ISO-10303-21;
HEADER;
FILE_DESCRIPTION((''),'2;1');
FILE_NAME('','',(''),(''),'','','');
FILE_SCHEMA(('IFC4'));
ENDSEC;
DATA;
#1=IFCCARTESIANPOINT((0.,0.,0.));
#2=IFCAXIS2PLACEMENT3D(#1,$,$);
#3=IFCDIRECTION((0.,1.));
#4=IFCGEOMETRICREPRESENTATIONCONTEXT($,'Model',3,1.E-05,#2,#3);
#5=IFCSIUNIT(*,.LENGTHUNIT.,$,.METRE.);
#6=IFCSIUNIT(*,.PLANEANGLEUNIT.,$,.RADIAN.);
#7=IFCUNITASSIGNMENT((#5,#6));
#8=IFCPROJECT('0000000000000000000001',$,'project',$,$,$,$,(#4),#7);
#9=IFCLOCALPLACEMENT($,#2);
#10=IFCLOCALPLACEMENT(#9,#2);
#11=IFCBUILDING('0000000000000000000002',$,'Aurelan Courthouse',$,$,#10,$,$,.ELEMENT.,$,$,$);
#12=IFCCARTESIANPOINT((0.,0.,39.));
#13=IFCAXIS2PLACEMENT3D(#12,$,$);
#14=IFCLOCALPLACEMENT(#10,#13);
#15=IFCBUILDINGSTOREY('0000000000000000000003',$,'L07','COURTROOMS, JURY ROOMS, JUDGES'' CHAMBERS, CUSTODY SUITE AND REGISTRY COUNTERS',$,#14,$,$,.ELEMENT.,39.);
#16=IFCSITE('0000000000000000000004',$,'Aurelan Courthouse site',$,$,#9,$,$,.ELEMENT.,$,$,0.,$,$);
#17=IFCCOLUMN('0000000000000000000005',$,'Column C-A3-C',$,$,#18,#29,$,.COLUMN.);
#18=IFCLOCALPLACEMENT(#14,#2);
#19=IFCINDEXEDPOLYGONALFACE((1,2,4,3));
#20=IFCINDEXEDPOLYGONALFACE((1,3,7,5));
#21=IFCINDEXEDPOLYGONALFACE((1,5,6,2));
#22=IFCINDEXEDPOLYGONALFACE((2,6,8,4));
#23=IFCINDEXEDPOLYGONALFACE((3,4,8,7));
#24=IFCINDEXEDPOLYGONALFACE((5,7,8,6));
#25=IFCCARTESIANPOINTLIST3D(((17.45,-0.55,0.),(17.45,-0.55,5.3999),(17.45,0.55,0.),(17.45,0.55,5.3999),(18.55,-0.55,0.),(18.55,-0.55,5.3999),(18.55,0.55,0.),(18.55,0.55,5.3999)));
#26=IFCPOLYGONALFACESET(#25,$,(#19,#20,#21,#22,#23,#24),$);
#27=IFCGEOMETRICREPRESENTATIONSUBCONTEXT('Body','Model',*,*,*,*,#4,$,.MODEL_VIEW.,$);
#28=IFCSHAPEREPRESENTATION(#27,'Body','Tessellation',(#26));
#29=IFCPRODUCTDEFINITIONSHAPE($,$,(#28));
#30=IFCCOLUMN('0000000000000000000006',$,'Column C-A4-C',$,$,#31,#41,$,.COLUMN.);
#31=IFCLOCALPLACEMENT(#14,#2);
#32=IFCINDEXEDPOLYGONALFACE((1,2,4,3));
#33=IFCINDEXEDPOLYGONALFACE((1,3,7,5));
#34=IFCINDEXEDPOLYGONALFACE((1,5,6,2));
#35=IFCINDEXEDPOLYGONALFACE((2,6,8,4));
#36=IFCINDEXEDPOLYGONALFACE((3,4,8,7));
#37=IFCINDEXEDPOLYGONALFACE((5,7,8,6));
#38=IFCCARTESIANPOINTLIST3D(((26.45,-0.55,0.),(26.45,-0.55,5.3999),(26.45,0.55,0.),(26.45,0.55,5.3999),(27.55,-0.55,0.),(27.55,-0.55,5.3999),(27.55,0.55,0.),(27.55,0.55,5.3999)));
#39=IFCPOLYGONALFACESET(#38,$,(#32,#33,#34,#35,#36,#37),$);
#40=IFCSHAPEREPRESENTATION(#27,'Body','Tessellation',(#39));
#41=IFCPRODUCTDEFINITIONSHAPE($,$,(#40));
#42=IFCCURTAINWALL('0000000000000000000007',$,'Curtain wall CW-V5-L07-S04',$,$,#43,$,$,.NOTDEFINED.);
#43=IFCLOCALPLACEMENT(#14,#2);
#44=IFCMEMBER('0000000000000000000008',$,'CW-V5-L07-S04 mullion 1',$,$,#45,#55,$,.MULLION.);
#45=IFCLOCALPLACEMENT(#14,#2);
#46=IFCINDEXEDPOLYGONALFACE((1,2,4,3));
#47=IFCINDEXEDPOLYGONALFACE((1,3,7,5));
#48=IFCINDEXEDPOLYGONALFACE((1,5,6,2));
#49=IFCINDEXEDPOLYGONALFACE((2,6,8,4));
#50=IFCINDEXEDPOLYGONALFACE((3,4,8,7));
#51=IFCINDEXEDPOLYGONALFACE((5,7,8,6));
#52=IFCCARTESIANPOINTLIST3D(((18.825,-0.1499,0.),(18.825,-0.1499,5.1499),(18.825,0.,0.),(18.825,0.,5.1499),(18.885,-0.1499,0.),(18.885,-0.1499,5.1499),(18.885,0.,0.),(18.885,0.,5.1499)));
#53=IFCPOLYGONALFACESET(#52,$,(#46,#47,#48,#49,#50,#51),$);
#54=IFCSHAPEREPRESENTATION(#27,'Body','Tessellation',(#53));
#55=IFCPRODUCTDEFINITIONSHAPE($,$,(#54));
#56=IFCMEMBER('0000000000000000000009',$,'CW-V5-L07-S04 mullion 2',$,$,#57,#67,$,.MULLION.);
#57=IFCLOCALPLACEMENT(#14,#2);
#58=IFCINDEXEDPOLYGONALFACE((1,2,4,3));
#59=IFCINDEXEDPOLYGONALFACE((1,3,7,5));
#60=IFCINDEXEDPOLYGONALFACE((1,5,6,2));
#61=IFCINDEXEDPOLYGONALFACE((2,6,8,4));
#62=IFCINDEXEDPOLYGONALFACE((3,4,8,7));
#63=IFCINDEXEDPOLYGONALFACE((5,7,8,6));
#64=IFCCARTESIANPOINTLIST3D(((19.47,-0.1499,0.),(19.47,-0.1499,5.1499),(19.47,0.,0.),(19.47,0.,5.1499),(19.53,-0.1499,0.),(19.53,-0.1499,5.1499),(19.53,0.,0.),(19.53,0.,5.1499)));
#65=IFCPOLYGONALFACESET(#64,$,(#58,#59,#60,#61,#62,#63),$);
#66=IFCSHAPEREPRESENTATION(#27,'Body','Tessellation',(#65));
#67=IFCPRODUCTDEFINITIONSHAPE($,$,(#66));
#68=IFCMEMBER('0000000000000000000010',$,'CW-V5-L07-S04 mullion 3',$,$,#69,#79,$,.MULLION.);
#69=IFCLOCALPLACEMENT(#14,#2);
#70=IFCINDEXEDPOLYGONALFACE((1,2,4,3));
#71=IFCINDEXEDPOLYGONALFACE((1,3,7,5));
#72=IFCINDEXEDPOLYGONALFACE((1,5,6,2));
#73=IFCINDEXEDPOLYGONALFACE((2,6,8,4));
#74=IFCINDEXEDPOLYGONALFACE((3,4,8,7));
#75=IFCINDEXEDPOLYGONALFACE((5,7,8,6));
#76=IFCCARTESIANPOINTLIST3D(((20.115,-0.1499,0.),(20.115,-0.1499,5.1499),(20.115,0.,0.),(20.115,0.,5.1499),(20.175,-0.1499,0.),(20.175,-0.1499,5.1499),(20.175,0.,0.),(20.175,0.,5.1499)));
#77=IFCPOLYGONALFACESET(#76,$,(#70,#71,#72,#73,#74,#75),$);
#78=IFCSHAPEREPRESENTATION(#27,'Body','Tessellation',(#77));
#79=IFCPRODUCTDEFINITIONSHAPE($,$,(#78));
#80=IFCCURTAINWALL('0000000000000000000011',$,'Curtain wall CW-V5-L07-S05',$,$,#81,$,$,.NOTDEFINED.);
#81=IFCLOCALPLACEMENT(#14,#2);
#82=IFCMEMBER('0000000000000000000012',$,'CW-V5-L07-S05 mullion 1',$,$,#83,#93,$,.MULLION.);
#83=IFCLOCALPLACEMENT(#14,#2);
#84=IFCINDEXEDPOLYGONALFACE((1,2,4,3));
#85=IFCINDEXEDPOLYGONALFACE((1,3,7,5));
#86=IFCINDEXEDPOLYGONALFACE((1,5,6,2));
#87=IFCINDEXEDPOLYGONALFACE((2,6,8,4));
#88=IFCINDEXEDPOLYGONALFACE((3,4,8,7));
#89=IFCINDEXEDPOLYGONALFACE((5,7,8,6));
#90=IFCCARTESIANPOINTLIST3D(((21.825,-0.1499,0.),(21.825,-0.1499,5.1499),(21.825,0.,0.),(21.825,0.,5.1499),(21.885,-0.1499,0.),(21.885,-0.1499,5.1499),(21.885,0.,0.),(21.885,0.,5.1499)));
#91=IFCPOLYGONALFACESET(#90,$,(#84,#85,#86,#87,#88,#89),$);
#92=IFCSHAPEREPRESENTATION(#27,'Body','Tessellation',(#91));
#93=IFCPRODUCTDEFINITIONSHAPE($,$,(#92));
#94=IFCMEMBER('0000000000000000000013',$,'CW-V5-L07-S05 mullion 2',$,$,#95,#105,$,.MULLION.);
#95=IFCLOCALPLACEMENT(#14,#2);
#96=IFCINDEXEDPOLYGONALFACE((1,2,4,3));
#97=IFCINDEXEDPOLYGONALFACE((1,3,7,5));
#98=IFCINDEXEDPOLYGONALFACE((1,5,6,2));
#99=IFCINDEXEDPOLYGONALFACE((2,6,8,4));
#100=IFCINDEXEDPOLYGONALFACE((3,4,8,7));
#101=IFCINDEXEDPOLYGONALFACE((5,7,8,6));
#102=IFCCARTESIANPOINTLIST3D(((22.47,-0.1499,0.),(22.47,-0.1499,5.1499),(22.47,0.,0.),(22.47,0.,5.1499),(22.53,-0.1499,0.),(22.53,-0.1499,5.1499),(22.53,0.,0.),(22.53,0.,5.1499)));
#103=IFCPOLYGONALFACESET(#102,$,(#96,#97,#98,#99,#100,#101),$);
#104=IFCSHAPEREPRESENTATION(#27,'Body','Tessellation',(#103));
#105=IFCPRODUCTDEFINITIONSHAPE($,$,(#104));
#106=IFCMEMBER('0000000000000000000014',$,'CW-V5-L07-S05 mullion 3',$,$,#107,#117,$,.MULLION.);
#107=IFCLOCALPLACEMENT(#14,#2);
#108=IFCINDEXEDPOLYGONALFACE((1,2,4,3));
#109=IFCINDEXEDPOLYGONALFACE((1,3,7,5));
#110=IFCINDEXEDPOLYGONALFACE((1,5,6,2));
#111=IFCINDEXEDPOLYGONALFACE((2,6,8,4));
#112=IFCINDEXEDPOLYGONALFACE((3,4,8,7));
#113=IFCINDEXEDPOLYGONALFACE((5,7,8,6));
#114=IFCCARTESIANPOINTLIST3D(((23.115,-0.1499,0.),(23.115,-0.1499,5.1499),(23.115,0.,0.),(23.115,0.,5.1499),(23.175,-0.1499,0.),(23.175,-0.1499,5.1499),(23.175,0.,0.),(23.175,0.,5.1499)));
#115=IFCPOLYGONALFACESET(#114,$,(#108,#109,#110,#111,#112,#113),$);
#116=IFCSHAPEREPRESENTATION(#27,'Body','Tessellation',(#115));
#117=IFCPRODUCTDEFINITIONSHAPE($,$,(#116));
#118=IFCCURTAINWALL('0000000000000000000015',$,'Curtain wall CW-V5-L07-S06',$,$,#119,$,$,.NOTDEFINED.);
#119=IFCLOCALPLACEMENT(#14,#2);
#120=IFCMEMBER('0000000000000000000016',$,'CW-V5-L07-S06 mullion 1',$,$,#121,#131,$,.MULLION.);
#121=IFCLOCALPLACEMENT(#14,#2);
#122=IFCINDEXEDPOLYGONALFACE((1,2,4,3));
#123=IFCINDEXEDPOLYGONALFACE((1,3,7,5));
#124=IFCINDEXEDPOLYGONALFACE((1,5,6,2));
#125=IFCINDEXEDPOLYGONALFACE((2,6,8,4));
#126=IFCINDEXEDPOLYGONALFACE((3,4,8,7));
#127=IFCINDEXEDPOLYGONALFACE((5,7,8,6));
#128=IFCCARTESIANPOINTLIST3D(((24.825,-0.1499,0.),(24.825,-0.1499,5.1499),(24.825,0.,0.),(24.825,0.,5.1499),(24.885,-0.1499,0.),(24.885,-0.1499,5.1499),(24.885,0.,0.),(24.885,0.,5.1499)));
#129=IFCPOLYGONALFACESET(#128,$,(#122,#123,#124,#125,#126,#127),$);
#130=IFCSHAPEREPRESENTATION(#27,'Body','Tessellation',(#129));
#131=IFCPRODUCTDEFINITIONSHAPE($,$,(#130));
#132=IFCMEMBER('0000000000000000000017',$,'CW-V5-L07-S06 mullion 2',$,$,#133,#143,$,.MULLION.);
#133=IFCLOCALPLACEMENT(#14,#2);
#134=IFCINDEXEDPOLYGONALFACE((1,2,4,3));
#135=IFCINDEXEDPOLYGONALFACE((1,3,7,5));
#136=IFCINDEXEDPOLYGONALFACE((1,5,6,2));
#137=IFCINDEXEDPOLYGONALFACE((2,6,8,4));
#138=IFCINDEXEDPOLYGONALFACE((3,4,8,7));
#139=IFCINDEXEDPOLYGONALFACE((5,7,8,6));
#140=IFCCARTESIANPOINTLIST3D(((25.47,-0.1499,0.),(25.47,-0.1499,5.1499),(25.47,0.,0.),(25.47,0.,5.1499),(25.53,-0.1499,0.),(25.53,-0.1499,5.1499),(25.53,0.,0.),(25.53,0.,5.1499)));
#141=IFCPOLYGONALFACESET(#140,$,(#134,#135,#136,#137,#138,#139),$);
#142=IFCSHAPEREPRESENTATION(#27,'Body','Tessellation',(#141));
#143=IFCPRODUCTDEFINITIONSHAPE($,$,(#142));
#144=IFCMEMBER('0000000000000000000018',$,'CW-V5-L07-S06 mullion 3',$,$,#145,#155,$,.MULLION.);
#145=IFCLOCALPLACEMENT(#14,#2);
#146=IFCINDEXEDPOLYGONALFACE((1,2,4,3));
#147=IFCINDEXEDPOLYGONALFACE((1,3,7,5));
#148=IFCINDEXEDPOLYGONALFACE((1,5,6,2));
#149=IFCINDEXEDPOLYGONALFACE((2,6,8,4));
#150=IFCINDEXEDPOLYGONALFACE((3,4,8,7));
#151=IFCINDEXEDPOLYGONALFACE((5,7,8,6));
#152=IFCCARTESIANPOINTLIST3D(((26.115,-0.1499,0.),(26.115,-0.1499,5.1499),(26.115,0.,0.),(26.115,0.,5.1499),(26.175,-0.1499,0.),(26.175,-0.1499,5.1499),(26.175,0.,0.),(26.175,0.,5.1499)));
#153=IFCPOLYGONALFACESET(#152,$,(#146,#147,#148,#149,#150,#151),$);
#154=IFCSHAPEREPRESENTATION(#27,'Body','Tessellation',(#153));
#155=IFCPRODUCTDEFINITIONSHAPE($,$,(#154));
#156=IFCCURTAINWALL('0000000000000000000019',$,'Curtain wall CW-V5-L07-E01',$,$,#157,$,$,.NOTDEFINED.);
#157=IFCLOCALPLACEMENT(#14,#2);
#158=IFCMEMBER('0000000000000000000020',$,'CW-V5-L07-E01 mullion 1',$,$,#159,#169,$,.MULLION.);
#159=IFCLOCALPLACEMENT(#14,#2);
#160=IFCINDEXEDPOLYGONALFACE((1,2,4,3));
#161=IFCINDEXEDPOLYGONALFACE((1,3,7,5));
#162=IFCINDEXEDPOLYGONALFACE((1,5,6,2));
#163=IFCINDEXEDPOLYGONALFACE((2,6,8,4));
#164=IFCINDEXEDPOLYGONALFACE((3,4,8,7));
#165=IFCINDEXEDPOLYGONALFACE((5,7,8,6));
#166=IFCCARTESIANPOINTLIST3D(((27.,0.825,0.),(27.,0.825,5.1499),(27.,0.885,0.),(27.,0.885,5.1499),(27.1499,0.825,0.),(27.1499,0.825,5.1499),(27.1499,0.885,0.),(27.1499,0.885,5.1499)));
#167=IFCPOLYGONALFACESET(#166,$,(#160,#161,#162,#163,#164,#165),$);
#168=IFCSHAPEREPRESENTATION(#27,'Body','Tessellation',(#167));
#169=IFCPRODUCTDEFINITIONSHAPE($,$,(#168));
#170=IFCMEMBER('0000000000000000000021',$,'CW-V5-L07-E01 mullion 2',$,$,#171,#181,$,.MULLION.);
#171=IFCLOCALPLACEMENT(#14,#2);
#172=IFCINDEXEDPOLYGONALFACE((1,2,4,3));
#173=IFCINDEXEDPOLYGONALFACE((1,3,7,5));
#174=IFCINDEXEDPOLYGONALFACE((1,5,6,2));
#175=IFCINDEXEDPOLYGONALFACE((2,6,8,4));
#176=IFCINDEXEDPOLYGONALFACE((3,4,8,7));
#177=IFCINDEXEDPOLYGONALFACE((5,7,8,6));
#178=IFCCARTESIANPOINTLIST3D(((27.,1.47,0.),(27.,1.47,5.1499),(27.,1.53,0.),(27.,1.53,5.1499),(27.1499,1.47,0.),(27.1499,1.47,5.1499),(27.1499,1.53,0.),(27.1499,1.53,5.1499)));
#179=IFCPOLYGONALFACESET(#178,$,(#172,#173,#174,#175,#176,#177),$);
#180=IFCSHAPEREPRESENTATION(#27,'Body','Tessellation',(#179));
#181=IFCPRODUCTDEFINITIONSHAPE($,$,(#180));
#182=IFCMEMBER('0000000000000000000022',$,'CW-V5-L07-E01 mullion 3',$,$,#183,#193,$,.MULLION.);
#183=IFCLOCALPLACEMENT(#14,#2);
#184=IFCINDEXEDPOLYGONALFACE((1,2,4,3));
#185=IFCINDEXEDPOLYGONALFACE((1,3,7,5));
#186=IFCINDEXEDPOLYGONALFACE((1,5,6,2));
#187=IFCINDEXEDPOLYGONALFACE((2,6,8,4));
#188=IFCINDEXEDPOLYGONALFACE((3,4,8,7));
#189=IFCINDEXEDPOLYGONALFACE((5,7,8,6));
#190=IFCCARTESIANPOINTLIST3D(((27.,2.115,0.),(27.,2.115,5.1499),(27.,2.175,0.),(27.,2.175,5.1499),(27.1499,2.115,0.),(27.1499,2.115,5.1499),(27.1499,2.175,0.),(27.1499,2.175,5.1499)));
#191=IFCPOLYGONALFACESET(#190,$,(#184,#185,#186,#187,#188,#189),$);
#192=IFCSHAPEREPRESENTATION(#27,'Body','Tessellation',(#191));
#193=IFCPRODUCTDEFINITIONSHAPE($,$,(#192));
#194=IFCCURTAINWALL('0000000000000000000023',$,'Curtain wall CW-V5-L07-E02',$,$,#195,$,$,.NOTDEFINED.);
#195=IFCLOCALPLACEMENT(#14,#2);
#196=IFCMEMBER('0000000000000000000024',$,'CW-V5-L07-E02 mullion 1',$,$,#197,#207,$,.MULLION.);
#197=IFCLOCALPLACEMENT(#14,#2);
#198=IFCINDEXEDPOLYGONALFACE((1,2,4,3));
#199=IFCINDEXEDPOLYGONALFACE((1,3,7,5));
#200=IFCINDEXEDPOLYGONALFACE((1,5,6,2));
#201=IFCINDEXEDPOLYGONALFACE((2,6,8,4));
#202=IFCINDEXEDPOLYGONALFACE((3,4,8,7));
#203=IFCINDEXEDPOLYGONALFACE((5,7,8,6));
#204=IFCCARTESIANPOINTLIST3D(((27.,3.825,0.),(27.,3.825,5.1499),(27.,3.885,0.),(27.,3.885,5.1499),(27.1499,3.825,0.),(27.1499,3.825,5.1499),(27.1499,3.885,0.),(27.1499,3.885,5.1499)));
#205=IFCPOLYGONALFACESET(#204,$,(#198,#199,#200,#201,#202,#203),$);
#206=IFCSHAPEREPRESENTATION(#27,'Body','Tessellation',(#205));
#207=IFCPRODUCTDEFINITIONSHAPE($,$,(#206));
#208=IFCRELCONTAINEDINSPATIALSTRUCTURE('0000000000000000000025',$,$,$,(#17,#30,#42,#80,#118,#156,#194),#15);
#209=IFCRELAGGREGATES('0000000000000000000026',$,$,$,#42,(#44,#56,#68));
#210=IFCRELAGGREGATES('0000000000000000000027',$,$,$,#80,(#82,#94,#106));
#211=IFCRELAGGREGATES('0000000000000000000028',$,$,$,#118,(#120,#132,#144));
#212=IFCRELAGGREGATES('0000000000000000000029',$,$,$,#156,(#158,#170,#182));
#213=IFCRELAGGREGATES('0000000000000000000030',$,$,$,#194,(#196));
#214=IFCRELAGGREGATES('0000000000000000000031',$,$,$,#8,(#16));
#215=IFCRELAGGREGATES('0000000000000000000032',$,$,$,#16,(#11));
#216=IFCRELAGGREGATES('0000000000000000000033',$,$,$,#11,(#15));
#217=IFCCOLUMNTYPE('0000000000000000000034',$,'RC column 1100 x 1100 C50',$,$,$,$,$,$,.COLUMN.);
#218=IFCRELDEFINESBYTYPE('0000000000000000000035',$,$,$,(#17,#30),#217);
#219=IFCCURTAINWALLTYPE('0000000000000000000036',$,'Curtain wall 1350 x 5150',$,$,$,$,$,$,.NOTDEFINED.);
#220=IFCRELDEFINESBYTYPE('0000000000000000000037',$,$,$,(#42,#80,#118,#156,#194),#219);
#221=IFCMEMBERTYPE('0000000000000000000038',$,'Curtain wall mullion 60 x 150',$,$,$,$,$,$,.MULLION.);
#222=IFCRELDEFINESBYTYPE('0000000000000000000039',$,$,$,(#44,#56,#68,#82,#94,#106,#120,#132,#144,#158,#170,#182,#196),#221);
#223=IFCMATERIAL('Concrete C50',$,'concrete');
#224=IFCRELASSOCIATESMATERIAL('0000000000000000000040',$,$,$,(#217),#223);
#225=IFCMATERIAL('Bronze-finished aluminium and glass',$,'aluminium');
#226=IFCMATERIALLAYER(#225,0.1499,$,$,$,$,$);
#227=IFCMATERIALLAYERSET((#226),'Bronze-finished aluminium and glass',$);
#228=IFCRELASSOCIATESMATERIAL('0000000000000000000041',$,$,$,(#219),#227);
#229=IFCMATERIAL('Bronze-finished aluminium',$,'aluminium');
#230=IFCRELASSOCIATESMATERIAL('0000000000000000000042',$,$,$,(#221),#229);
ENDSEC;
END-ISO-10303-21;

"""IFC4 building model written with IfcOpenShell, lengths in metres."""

from ifc_helpers import new_model, si_unit, direction, frame, origin, origin_2d, place, context, subcontext, project, spatial, rectangle, extrude, material, layer, layer_set, material_profile, profile_set, type_object, element, aggregate, save


model = new_model("IFC4")

# Units and contexts
model_context = context("Model", 3, precision=1e-05, world=origin(), true_north=direction((0.0, 1.0)))
body_context = subcontext(model_context, "Body", "Model", "MODEL_VIEW")
ifc_project = project(units=[si_unit("LENGTHUNIT", "METRE"), si_unit("PLANEANGLEUNIT", "RADIAN")], contexts=[model_context])

# Site, building, storey
site_placement = place(None, origin())
site = spatial("IfcSite", under=ifc_project, at=site_placement, Name="Aurelan Courthouse site", CompositionType="ELEMENT", RefElevation=0.0)
building_placement = place(site_placement, origin())
building = spatial("IfcBuilding", under=site, at=building_placement, Name="Aurelan Courthouse", CompositionType="ELEMENT")
storey_placement = place(building_placement, frame((0.0, 0.0, 39.0)))
storey = spatial("IfcBuildingStorey", under=building, at=storey_placement, Name="L07", Description="COURTROOMS, JURY ROOMS, JUDGES' CHAMBERS, CUSTODY SUITE AND REGISTRY COUNTERS", CompositionType="ELEMENT", Elevation=39.0)

# Columns
ifc_material_1 = material(Name="Concrete C50", Category="concrete")
ifc_material_profile_1 = material_profile(ifc_material_1, rectangle(XDim=1.1001, YDim=1.1001, at=origin_2d()), Name="RC 1100 x 1100")
ifc_profile_set_1 = profile_set([ifc_material_profile_1], Name="Concrete C50")
column_type = type_object("IfcColumnType", Name="RC column 1100 x 1100 C50", PredefinedType="COLUMN", material=ifc_profile_set_1)
for number, where, z_axis, x_axis, name in (
    (1, (18.0, 0.0, 0.0), (0.0, 0.0, 1.0), (1.0, 0.0, 0.0), "Column C-A3-C"),
    (2, (27.0, 0.0, 0.0), (0.0, 0.0, 1.0), (1.0, 0.0, 0.0), "Column C-A4-C"),
):
    element("IfcColumn", number, at=place(storey_placement, frame(where, z_axis=z_axis, x_axis=x_axis)), inside=storey, type_object=column_type, Name=name, PredefinedType="COLUMN", context=body_context, shape_type="SweptSolid", body=[
        extrude(rectangle(XDim=1.1001, YDim=1.1001, at=origin_2d()), origin(), (0.0, 0.0, 1.0), 5.3999),
    ])

# Curtain walls, members
ifc_material_2 = material(Name="Bronze-finished aluminium and glass", Category="aluminium")
ifc_layer_1 = layer(ifc_material_2, 0.1499)
ifc_layer_set_1 = layer_set([ifc_layer_1], Name="Bronze-finished aluminium and glass")
curtain_wall_type = type_object("IfcCurtainWallType", Name="Curtain wall 1350 x 5150", PredefinedType="NOTDEFINED", material=ifc_layer_set_1)
curtain_wall_1_placement = place(storey_placement, origin())
curtain_wall_1 = element("IfcCurtainWall", 3, at=curtain_wall_1_placement, inside=storey, type_object=curtain_wall_type, Name="Curtain wall CW-V5-L07-S04", PredefinedType="NOTDEFINED")
ifc_material_3 = material(Name="Bronze-finished aluminium", Category="aluminium")
ifc_material_profile_2 = material_profile(ifc_material_3, rectangle(XDim=0.1499, YDim=0.0601, at=origin_2d()), Name="Bronze mullion 60 x 150")
ifc_profile_set_2 = profile_set([ifc_material_profile_2], Name="Bronze-finished aluminium")
member_type = type_object("IfcMemberType", Name="Curtain wall mullion 60 x 150", PredefinedType="MULLION", material=ifc_profile_set_2)
member_1_placement = place(storey_placement, frame((18.855, -0.075, 0.0), z_axis=(0.0, 0.0, 1.0), x_axis=(0.0, 1.0, 0.0)))
member_1 = element("IfcMember", 4, at=member_1_placement, type_object=member_type, Name="CW-V5-L07-S04 mullion 1", PredefinedType="MULLION", context=body_context, shape_type="SweptSolid", body=[
    extrude(rectangle(XDim=0.1499, YDim=0.0601, at=origin_2d()), origin(), (0.0, 0.0, 1.0), 5.1499),
])
member_2_placement = place(storey_placement, frame((19.5, -0.075, 0.0), z_axis=(0.0, 0.0, 1.0), x_axis=(0.0, 1.0, 0.0)))
member_2 = element("IfcMember", 5, at=member_2_placement, type_object=member_type, Name="CW-V5-L07-S04 mullion 2", PredefinedType="MULLION", context=body_context, shape_type="SweptSolid", body=[
    extrude(rectangle(XDim=0.1499, YDim=0.0601, at=origin_2d()), origin(), (0.0, 0.0, 1.0), 5.1499),
])
member_3_placement = place(storey_placement, frame((20.145, -0.075, 0.0), z_axis=(0.0, 0.0, 1.0), x_axis=(0.0, 1.0, 0.0)))
member_3 = element("IfcMember", 6, at=member_3_placement, type_object=member_type, Name="CW-V5-L07-S04 mullion 3", PredefinedType="MULLION", context=body_context, shape_type="SweptSolid", body=[
    extrude(rectangle(XDim=0.1499, YDim=0.0601, at=origin_2d()), origin(), (0.0, 0.0, 1.0), 5.1499),
])
aggregate(curtain_wall_1, [member_1, member_2, member_3])
curtain_wall_2_placement = place(storey_placement, origin())
curtain_wall_2 = element("IfcCurtainWall", 7, at=curtain_wall_2_placement, inside=storey, type_object=curtain_wall_type, Name="Curtain wall CW-V5-L07-S05", PredefinedType="NOTDEFINED")
member_4_placement = place(storey_placement, frame((21.855, -0.075, 0.0), z_axis=(0.0, 0.0, 1.0), x_axis=(0.0, 1.0, 0.0)))
member_4 = element("IfcMember", 8, at=member_4_placement, type_object=member_type, Name="CW-V5-L07-S05 mullion 1", PredefinedType="MULLION", context=body_context, shape_type="SweptSolid", body=[
    extrude(rectangle(XDim=0.1499, YDim=0.0601, at=origin_2d()), origin(), (0.0, 0.0, 1.0), 5.1499),
])
member_5_placement = place(storey_placement, frame((22.5, -0.075, 0.0), z_axis=(0.0, 0.0, 1.0), x_axis=(0.0, 1.0, 0.0)))
member_5 = element("IfcMember", 9, at=member_5_placement, type_object=member_type, Name="CW-V5-L07-S05 mullion 2", PredefinedType="MULLION", context=body_context, shape_type="SweptSolid", body=[
    extrude(rectangle(XDim=0.1499, YDim=0.0601, at=origin_2d()), origin(), (0.0, 0.0, 1.0), 5.1499),
])
member_6_placement = place(storey_placement, frame((23.145, -0.075, 0.0), z_axis=(0.0, 0.0, 1.0), x_axis=(0.0, 1.0, 0.0)))
member_6 = element("IfcMember", 10, at=member_6_placement, type_object=member_type, Name="CW-V5-L07-S05 mullion 3", PredefinedType="MULLION", context=body_context, shape_type="SweptSolid", body=[
    extrude(rectangle(XDim=0.1499, YDim=0.0601, at=origin_2d()), origin(), (0.0, 0.0, 1.0), 5.1499),
])
aggregate(curtain_wall_2, [member_4, member_5, member_6])
curtain_wall_3_placement = place(storey_placement, origin())
curtain_wall_3 = element("IfcCurtainWall", 11, at=curtain_wall_3_placement, inside=storey, type_object=curtain_wall_type, Name="Curtain wall CW-V5-L07-S06", PredefinedType="NOTDEFINED")
member_7_placement = place(storey_placement, frame((24.855, -0.075, 0.0), z_axis=(0.0, 0.0, 1.0), x_axis=(0.0, 1.0, 0.0)))
member_7 = element("IfcMember", 12, at=member_7_placement, type_object=member_type, Name="CW-V5-L07-S06 mullion 1", PredefinedType="MULLION", context=body_context, shape_type="SweptSolid", body=[
    extrude(rectangle(XDim=0.1499, YDim=0.0601, at=origin_2d()), origin(), (0.0, 0.0, 1.0), 5.1499),
])
member_8_placement = place(storey_placement, frame((25.5, -0.075, 0.0), z_axis=(0.0, 0.0, 1.0), x_axis=(0.0, 1.0, 0.0)))
member_8 = element("IfcMember", 13, at=member_8_placement, type_object=member_type, Name="CW-V5-L07-S06 mullion 2", PredefinedType="MULLION", context=body_context, shape_type="SweptSolid", body=[
    extrude(rectangle(XDim=0.1499, YDim=0.0601, at=origin_2d()), origin(), (0.0, 0.0, 1.0), 5.1499),
])
member_9_placement = place(storey_placement, frame((26.145, -0.075, 0.0), z_axis=(0.0, 0.0, 1.0), x_axis=(0.0, 1.0, 0.0)))
member_9 = element("IfcMember", 14, at=member_9_placement, type_object=member_type, Name="CW-V5-L07-S06 mullion 3", PredefinedType="MULLION", context=body_context, shape_type="SweptSolid", body=[
    extrude(rectangle(XDim=0.1499, YDim=0.0601, at=origin_2d()), origin(), (0.0, 0.0, 1.0), 5.1499),
])
aggregate(curtain_wall_3, [member_7, member_8, member_9])
curtain_wall_4_placement = place(storey_placement, origin())
curtain_wall_4 = element("IfcCurtainWall", 15, at=curtain_wall_4_placement, inside=storey, type_object=curtain_wall_type, Name="Curtain wall CW-V5-L07-E01", PredefinedType="NOTDEFINED")
member_10_placement = place(storey_placement, frame((27.075, 0.855, 0.0), z_axis=(0.0, 0.0, 1.0), x_axis=(-1.0, 0.0, 0.0)))
member_10 = element("IfcMember", 16, at=member_10_placement, type_object=member_type, Name="CW-V5-L07-E01 mullion 1", PredefinedType="MULLION", context=body_context, shape_type="SweptSolid", body=[
    extrude(rectangle(XDim=0.1499, YDim=0.0601, at=origin_2d()), origin(), (0.0, 0.0, 1.0), 5.1499),
])
member_11_placement = place(storey_placement, frame((27.075, 1.5, 0.0), z_axis=(0.0, 0.0, 1.0), x_axis=(-1.0, 0.0, 0.0)))
member_11 = element("IfcMember", 17, at=member_11_placement, type_object=member_type, Name="CW-V5-L07-E01 mullion 2", PredefinedType="MULLION", context=body_context, shape_type="SweptSolid", body=[
    extrude(rectangle(XDim=0.1499, YDim=0.0601, at=origin_2d()), origin(), (0.0, 0.0, 1.0), 5.1499),
])
member_12_placement = place(storey_placement, frame((27.075, 2.145, 0.0), z_axis=(0.0, 0.0, 1.0), x_axis=(-1.0, 0.0, 0.0)))
member_12 = element("IfcMember", 18, at=member_12_placement, type_object=member_type, Name="CW-V5-L07-E01 mullion 3", PredefinedType="MULLION", context=body_context, shape_type="SweptSolid", body=[
    extrude(rectangle(XDim=0.1499, YDim=0.0601, at=origin_2d()), origin(), (0.0, 0.0, 1.0), 5.1499),
])
aggregate(curtain_wall_4, [member_10, member_11, member_12])
curtain_wall_5_placement = place(storey_placement, origin())
curtain_wall_5 = element("IfcCurtainWall", 19, at=curtain_wall_5_placement, inside=storey, type_object=curtain_wall_type, Name="Curtain wall CW-V5-L07-E02", PredefinedType="NOTDEFINED")
member_13_placement = place(storey_placement, frame((27.075, 3.855, 0.0), z_axis=(0.0, 0.0, 1.0), x_axis=(-1.0, 0.0, 0.0)))
member_13 = element("IfcMember", 20, at=member_13_placement, type_object=member_type, Name="CW-V5-L07-E02 mullion 1", PredefinedType="MULLION", context=body_context, shape_type="SweptSolid", body=[
    extrude(rectangle(XDim=0.1499, YDim=0.0601, at=origin_2d()), origin(), (0.0, 0.0, 1.0), 5.1499),
])
aggregate(curtain_wall_5, [member_13])

save(model, "model.ifc")
